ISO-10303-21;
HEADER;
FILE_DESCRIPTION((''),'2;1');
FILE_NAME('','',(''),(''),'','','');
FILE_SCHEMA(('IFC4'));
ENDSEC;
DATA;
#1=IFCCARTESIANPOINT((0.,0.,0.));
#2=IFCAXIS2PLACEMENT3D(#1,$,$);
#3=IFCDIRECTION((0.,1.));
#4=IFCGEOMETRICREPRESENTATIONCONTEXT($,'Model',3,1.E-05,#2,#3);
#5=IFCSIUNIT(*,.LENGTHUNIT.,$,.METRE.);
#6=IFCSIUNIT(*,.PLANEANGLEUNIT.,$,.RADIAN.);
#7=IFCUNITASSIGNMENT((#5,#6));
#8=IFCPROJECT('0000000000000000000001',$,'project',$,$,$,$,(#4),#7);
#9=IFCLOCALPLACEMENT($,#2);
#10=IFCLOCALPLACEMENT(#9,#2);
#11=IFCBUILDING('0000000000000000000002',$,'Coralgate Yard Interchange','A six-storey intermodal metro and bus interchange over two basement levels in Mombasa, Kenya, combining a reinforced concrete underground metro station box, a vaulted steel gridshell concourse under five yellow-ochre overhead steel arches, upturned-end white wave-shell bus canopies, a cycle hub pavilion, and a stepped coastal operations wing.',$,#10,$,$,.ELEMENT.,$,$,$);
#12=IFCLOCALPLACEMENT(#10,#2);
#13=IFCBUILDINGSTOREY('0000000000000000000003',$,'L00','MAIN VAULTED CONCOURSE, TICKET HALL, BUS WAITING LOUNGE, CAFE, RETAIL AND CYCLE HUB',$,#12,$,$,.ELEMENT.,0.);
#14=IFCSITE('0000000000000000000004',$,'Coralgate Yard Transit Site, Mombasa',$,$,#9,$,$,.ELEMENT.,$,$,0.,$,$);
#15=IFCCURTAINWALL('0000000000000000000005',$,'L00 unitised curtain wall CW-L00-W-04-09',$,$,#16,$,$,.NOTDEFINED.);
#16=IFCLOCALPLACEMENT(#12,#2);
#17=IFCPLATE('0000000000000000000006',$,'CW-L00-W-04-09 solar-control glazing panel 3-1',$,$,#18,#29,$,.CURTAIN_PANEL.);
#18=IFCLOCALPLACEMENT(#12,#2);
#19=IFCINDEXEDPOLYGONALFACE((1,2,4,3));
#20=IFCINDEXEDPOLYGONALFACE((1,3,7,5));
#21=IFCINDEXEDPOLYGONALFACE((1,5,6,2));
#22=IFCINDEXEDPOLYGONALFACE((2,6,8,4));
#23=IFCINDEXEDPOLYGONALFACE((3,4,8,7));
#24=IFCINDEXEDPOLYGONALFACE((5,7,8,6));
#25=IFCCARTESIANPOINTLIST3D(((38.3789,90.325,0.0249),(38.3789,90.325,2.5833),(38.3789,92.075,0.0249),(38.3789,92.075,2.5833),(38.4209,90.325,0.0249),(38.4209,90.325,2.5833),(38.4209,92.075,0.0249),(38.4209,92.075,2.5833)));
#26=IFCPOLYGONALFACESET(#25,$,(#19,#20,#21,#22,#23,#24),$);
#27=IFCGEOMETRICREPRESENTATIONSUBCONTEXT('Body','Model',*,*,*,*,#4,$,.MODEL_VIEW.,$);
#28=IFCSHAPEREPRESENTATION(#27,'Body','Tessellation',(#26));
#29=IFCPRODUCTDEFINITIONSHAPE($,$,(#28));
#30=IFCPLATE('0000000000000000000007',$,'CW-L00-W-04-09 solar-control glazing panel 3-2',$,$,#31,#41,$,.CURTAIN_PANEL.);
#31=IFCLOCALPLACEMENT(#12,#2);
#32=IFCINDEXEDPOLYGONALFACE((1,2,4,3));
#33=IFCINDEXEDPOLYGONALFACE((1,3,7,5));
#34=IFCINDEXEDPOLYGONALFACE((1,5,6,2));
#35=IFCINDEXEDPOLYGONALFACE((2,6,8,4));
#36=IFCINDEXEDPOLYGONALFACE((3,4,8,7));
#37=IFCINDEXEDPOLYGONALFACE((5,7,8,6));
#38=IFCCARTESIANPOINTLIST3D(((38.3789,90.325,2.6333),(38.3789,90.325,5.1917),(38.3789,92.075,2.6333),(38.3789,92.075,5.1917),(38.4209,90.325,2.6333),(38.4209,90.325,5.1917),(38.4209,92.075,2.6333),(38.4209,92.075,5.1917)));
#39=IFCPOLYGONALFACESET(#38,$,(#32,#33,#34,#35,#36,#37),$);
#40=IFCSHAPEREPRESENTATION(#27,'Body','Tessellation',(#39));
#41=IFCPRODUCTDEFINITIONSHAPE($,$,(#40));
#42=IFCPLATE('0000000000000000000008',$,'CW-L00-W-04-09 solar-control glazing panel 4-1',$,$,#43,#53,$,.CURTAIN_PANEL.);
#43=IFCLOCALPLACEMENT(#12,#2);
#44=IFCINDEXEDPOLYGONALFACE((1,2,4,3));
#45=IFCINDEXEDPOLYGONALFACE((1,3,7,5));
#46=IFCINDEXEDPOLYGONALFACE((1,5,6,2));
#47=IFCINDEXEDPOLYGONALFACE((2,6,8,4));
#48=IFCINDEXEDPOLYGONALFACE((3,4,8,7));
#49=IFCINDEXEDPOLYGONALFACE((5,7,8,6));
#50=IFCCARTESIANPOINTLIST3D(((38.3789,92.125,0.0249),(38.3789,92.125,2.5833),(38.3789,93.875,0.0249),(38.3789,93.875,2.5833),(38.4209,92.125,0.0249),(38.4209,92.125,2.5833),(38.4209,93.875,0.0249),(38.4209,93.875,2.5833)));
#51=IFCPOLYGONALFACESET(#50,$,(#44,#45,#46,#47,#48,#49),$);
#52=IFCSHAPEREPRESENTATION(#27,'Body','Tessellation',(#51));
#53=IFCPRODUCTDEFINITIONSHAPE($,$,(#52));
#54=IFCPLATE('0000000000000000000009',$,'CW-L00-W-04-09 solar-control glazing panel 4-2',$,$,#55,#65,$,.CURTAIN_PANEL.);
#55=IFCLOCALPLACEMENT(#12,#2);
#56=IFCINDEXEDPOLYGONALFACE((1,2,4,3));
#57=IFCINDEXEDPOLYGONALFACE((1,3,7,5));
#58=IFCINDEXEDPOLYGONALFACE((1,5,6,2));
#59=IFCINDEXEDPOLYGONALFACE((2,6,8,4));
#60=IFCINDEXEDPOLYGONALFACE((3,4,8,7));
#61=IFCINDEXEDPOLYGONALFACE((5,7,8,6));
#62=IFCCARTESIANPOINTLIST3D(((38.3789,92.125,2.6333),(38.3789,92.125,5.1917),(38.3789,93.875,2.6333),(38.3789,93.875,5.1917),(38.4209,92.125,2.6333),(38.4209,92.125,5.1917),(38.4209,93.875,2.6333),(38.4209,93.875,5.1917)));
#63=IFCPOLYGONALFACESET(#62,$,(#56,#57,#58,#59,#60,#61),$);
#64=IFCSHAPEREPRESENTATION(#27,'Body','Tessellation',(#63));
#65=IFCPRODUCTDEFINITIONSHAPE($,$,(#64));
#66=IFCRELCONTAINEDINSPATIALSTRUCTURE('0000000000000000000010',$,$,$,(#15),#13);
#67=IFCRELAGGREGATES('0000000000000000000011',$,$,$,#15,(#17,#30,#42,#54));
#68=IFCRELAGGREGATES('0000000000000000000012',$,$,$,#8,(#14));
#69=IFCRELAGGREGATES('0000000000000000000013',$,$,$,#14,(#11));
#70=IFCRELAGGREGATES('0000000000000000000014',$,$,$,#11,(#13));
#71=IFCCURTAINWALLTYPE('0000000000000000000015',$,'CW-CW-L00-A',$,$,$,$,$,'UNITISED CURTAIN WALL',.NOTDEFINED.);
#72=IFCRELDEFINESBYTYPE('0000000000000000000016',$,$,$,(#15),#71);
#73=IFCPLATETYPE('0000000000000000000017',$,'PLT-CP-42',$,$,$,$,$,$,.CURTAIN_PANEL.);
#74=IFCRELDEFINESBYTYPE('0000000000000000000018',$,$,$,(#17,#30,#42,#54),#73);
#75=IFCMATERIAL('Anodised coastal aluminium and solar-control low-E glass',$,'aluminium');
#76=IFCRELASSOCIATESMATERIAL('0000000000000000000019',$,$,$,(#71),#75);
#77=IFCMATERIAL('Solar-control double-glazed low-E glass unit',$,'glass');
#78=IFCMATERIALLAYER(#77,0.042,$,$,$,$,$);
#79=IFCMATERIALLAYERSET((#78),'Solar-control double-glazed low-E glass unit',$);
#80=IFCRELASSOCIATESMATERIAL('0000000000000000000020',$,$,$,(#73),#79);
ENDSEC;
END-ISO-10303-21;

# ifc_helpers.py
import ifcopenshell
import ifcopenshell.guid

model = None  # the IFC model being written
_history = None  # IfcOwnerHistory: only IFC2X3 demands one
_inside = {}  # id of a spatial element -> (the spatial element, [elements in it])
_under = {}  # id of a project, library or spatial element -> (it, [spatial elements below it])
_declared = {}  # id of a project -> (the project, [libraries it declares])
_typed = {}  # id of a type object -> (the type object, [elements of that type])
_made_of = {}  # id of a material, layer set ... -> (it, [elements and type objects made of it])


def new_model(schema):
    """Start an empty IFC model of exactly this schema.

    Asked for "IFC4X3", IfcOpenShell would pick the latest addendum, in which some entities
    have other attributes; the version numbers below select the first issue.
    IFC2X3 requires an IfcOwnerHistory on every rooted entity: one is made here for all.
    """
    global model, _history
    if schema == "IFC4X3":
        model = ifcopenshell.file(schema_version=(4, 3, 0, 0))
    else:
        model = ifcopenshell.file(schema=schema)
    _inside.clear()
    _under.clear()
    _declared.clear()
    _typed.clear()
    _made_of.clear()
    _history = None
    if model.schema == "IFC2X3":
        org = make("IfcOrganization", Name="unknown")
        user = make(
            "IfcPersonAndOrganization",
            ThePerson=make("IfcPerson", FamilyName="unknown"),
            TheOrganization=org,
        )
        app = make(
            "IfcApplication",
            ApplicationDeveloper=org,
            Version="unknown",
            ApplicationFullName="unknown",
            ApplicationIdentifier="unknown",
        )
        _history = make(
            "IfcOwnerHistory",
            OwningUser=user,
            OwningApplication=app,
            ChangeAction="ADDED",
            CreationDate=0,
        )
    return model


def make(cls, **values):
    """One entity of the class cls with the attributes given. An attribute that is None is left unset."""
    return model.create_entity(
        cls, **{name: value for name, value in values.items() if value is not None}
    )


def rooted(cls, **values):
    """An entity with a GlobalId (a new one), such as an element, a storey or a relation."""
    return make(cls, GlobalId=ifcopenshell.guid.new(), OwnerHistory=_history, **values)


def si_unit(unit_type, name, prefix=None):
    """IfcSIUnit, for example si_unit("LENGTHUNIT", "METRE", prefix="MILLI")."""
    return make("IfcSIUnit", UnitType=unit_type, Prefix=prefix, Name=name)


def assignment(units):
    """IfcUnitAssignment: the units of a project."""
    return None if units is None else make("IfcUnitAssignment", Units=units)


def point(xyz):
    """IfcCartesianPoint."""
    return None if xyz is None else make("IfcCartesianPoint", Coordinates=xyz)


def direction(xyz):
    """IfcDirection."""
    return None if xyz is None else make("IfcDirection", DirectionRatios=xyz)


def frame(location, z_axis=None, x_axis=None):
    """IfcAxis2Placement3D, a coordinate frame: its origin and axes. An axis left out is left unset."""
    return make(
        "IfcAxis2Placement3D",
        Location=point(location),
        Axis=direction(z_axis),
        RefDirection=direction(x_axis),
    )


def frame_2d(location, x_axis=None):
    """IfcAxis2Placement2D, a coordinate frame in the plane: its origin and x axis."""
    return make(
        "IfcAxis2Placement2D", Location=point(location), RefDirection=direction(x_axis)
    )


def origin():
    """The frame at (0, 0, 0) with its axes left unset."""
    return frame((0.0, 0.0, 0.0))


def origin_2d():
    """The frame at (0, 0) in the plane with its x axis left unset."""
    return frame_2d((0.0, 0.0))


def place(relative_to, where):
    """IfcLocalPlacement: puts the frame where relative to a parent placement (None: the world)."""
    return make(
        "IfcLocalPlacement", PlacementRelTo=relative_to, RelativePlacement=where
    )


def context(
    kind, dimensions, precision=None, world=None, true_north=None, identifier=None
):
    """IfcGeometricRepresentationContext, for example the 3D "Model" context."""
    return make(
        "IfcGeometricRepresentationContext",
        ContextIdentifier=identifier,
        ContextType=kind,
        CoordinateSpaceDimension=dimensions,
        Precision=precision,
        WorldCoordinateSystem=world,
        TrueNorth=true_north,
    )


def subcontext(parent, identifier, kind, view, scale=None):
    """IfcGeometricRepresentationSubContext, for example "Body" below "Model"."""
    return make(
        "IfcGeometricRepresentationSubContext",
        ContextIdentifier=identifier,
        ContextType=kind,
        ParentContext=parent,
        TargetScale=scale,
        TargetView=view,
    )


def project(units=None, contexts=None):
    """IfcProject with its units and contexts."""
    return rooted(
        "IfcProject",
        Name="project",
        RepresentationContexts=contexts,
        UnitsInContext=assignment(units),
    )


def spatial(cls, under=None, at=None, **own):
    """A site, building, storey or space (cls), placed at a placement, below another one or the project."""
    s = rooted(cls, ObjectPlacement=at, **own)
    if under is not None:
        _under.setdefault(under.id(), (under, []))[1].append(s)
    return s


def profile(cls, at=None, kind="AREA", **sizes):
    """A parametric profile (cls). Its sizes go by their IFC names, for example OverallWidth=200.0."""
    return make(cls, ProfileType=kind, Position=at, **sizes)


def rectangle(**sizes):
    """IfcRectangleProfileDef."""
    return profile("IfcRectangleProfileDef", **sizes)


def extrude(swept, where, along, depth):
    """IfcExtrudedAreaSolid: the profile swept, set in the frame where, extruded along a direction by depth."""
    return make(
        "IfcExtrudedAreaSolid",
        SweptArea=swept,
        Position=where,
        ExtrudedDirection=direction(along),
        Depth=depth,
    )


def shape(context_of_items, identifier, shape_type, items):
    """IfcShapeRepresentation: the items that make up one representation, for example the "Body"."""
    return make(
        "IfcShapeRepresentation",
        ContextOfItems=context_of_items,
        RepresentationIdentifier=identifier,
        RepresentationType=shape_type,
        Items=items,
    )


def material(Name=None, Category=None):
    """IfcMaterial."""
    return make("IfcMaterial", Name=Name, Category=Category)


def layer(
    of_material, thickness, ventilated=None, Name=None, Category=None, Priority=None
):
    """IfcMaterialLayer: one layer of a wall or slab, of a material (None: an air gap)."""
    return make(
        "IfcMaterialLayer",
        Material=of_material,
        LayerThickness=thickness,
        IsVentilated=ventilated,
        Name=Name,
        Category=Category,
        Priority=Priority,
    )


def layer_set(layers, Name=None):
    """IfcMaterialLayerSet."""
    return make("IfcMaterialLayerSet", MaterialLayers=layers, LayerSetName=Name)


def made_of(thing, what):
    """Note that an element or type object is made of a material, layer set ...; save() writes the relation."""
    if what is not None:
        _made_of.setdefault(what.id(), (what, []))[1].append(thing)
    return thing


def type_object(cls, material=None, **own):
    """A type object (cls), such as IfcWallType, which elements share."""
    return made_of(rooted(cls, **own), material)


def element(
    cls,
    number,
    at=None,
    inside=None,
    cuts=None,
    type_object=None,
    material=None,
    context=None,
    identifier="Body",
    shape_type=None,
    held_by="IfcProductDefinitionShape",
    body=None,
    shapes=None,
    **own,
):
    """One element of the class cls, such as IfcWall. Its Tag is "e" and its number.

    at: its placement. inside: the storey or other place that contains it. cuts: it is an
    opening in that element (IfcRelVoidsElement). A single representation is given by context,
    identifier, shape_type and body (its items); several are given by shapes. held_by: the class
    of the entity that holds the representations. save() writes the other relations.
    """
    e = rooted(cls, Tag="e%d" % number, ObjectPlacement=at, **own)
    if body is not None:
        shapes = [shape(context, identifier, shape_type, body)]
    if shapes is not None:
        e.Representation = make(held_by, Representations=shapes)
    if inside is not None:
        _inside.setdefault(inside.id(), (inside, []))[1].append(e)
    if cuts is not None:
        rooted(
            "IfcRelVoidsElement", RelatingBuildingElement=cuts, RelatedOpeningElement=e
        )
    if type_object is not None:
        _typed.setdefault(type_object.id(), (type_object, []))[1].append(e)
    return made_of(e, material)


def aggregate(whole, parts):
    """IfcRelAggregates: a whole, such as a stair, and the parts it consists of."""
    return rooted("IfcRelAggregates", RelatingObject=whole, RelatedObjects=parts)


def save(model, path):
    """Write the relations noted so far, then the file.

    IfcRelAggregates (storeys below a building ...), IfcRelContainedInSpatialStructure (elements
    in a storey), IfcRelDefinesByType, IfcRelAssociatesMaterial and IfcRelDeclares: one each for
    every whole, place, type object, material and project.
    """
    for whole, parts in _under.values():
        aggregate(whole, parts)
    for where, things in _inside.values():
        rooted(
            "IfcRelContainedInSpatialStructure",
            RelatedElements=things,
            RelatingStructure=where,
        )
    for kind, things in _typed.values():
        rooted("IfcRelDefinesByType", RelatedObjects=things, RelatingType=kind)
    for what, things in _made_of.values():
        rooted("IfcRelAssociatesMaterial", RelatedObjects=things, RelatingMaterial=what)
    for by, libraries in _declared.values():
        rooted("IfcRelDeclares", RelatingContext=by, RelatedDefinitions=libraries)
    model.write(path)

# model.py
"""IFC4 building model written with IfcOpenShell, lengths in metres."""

from ifc_helpers import new_model, si_unit, direction, frame, origin, origin_2d, place, context, subcontext, project, spatial, rectangle, extrude, material, layer, layer_set, type_object, element, aggregate, save


model = new_model("IFC4")

# Units and contexts
model_context = context("Model", 3, precision=1e-05, world=origin(), true_north=direction((0.0, 1.0)))
body_context = subcontext(model_context, "Body", "Model", "MODEL_VIEW")
ifc_project = project(units=[si_unit("LENGTHUNIT", "METRE"), si_unit("PLANEANGLEUNIT", "RADIAN")], contexts=[model_context])

# Site, building, storey
site_placement = place(None, origin())
site = spatial("IfcSite", under=ifc_project, at=site_placement, Name="Coralgate Yard Transit Site, Mombasa", CompositionType="ELEMENT", RefElevation=0.0)
building_placement = place(site_placement, origin())
building = spatial("IfcBuilding", under=site, at=building_placement, Name="Coralgate Yard Interchange", Description="A six-storey intermodal metro and bus interchange over two basement levels in Mombasa, Kenya, combining a reinforced concrete underground metro station box, a vaulted steel gridshell concourse under five yellow-ochre overhead steel arches, upturned-end white wave-shell bus canopies, a cycle hub pavilion, and a stepped coastal operations wing.", CompositionType="ELEMENT")
storey_placement = place(building_placement, origin())
storey = spatial("IfcBuildingStorey", under=building, at=storey_placement, Name="L00", Description="MAIN VAULTED CONCOURSE, TICKET HALL, BUS WAITING LOUNGE, CAFE, RETAIL AND CYCLE HUB", CompositionType="ELEMENT", Elevation=0.0)

# Curtain wall, plates
ifc_material_1 = material(Name="Anodised coastal aluminium and solar-control low-E glass", Category="aluminium")
curtain_wall_type = type_object("IfcCurtainWallType", Name="CW-CW-L00-A", ElementType="UNITISED CURTAIN WALL", PredefinedType="NOTDEFINED", material=ifc_material_1)
curtain_wall_placement = place(storey_placement, origin())
curtain_wall = element("IfcCurtainWall", 1, at=curtain_wall_placement, inside=storey, type_object=curtain_wall_type, Name="L00 unitised curtain wall CW-L00-W-04-09", PredefinedType="NOTDEFINED")
ifc_material_2 = material(Name="Solar-control double-glazed low-E glass unit", Category="glass")
ifc_layer = layer(ifc_material_2, 0.042)
ifc_layer_set = layer_set([ifc_layer], Name="Solar-control double-glazed low-E glass unit")
plate_type = type_object("IfcPlateType", Name="PLT-CP-42", PredefinedType="CURTAIN_PANEL", material=ifc_layer_set)
plate_1_placement = place(storey_placement, frame((38.3999, 91.2, 0.0249), z_axis=(0.0, 0.0, 1.0), x_axis=(0.0, 1.0, 0.0)))
plate_1 = element("IfcPlate", 2, at=plate_1_placement, type_object=plate_type, Name="CW-L00-W-04-09 solar-control glazing panel 3-1", PredefinedType="CURTAIN_PANEL", context=body_context, shape_type="SweptSolid", body=[
    extrude(rectangle(XDim=1.75, YDim=0.042, at=origin_2d()), origin(), (0.0, 0.0, 1.0), 2.5583),
])
plate_2_placement = place(storey_placement, frame((38.3999, 91.2, 2.6333), z_axis=(0.0, 0.0, 1.0), x_axis=(0.0, 1.0, 0.0)))
plate_2 = element("IfcPlate", 3, at=plate_2_placement, type_object=plate_type, Name="CW-L00-W-04-09 solar-control glazing panel 3-2", PredefinedType="CURTAIN_PANEL", context=body_context, shape_type="SweptSolid", body=[
    extrude(rectangle(XDim=1.75, YDim=0.042, at=origin_2d()), origin(), (0.0, 0.0, 1.0), 2.5583),
])
plate_3_placement = place(storey_placement, frame((38.3999, 93.0, 0.0249), z_axis=(0.0, 0.0, 1.0), x_axis=(0.0, 1.0, 0.0)))
plate_3 = element("IfcPlate", 4, at=plate_3_placement, type_object=plate_type, Name="CW-L00-W-04-09 solar-control glazing panel 4-1", PredefinedType="CURTAIN_PANEL", context=body_context, shape_type="SweptSolid", body=[
    extrude(rectangle(XDim=1.75, YDim=0.042, at=origin_2d()), origin(), (0.0, 0.0, 1.0), 2.5583),
])
plate_4_placement = place(storey_placement, frame((38.3999, 93.0, 2.6333), z_axis=(0.0, 0.0, 1.0), x_axis=(0.0, 1.0, 0.0)))
plate_4 = element("IfcPlate", 5, at=plate_4_placement, type_object=plate_type, Name="CW-L00-W-04-09 solar-control glazing panel 4-2", PredefinedType="CURTAIN_PANEL", context=body_context, shape_type="SweptSolid", body=[
    extrude(rectangle(XDim=1.75, YDim=0.042, at=origin_2d()), origin(), (0.0, 0.0, 1.0), 2.5583),
])
aggregate(curtain_wall, [plate_1, plate_2, plate_3, plate_4])

save(model, "model.ifc")
